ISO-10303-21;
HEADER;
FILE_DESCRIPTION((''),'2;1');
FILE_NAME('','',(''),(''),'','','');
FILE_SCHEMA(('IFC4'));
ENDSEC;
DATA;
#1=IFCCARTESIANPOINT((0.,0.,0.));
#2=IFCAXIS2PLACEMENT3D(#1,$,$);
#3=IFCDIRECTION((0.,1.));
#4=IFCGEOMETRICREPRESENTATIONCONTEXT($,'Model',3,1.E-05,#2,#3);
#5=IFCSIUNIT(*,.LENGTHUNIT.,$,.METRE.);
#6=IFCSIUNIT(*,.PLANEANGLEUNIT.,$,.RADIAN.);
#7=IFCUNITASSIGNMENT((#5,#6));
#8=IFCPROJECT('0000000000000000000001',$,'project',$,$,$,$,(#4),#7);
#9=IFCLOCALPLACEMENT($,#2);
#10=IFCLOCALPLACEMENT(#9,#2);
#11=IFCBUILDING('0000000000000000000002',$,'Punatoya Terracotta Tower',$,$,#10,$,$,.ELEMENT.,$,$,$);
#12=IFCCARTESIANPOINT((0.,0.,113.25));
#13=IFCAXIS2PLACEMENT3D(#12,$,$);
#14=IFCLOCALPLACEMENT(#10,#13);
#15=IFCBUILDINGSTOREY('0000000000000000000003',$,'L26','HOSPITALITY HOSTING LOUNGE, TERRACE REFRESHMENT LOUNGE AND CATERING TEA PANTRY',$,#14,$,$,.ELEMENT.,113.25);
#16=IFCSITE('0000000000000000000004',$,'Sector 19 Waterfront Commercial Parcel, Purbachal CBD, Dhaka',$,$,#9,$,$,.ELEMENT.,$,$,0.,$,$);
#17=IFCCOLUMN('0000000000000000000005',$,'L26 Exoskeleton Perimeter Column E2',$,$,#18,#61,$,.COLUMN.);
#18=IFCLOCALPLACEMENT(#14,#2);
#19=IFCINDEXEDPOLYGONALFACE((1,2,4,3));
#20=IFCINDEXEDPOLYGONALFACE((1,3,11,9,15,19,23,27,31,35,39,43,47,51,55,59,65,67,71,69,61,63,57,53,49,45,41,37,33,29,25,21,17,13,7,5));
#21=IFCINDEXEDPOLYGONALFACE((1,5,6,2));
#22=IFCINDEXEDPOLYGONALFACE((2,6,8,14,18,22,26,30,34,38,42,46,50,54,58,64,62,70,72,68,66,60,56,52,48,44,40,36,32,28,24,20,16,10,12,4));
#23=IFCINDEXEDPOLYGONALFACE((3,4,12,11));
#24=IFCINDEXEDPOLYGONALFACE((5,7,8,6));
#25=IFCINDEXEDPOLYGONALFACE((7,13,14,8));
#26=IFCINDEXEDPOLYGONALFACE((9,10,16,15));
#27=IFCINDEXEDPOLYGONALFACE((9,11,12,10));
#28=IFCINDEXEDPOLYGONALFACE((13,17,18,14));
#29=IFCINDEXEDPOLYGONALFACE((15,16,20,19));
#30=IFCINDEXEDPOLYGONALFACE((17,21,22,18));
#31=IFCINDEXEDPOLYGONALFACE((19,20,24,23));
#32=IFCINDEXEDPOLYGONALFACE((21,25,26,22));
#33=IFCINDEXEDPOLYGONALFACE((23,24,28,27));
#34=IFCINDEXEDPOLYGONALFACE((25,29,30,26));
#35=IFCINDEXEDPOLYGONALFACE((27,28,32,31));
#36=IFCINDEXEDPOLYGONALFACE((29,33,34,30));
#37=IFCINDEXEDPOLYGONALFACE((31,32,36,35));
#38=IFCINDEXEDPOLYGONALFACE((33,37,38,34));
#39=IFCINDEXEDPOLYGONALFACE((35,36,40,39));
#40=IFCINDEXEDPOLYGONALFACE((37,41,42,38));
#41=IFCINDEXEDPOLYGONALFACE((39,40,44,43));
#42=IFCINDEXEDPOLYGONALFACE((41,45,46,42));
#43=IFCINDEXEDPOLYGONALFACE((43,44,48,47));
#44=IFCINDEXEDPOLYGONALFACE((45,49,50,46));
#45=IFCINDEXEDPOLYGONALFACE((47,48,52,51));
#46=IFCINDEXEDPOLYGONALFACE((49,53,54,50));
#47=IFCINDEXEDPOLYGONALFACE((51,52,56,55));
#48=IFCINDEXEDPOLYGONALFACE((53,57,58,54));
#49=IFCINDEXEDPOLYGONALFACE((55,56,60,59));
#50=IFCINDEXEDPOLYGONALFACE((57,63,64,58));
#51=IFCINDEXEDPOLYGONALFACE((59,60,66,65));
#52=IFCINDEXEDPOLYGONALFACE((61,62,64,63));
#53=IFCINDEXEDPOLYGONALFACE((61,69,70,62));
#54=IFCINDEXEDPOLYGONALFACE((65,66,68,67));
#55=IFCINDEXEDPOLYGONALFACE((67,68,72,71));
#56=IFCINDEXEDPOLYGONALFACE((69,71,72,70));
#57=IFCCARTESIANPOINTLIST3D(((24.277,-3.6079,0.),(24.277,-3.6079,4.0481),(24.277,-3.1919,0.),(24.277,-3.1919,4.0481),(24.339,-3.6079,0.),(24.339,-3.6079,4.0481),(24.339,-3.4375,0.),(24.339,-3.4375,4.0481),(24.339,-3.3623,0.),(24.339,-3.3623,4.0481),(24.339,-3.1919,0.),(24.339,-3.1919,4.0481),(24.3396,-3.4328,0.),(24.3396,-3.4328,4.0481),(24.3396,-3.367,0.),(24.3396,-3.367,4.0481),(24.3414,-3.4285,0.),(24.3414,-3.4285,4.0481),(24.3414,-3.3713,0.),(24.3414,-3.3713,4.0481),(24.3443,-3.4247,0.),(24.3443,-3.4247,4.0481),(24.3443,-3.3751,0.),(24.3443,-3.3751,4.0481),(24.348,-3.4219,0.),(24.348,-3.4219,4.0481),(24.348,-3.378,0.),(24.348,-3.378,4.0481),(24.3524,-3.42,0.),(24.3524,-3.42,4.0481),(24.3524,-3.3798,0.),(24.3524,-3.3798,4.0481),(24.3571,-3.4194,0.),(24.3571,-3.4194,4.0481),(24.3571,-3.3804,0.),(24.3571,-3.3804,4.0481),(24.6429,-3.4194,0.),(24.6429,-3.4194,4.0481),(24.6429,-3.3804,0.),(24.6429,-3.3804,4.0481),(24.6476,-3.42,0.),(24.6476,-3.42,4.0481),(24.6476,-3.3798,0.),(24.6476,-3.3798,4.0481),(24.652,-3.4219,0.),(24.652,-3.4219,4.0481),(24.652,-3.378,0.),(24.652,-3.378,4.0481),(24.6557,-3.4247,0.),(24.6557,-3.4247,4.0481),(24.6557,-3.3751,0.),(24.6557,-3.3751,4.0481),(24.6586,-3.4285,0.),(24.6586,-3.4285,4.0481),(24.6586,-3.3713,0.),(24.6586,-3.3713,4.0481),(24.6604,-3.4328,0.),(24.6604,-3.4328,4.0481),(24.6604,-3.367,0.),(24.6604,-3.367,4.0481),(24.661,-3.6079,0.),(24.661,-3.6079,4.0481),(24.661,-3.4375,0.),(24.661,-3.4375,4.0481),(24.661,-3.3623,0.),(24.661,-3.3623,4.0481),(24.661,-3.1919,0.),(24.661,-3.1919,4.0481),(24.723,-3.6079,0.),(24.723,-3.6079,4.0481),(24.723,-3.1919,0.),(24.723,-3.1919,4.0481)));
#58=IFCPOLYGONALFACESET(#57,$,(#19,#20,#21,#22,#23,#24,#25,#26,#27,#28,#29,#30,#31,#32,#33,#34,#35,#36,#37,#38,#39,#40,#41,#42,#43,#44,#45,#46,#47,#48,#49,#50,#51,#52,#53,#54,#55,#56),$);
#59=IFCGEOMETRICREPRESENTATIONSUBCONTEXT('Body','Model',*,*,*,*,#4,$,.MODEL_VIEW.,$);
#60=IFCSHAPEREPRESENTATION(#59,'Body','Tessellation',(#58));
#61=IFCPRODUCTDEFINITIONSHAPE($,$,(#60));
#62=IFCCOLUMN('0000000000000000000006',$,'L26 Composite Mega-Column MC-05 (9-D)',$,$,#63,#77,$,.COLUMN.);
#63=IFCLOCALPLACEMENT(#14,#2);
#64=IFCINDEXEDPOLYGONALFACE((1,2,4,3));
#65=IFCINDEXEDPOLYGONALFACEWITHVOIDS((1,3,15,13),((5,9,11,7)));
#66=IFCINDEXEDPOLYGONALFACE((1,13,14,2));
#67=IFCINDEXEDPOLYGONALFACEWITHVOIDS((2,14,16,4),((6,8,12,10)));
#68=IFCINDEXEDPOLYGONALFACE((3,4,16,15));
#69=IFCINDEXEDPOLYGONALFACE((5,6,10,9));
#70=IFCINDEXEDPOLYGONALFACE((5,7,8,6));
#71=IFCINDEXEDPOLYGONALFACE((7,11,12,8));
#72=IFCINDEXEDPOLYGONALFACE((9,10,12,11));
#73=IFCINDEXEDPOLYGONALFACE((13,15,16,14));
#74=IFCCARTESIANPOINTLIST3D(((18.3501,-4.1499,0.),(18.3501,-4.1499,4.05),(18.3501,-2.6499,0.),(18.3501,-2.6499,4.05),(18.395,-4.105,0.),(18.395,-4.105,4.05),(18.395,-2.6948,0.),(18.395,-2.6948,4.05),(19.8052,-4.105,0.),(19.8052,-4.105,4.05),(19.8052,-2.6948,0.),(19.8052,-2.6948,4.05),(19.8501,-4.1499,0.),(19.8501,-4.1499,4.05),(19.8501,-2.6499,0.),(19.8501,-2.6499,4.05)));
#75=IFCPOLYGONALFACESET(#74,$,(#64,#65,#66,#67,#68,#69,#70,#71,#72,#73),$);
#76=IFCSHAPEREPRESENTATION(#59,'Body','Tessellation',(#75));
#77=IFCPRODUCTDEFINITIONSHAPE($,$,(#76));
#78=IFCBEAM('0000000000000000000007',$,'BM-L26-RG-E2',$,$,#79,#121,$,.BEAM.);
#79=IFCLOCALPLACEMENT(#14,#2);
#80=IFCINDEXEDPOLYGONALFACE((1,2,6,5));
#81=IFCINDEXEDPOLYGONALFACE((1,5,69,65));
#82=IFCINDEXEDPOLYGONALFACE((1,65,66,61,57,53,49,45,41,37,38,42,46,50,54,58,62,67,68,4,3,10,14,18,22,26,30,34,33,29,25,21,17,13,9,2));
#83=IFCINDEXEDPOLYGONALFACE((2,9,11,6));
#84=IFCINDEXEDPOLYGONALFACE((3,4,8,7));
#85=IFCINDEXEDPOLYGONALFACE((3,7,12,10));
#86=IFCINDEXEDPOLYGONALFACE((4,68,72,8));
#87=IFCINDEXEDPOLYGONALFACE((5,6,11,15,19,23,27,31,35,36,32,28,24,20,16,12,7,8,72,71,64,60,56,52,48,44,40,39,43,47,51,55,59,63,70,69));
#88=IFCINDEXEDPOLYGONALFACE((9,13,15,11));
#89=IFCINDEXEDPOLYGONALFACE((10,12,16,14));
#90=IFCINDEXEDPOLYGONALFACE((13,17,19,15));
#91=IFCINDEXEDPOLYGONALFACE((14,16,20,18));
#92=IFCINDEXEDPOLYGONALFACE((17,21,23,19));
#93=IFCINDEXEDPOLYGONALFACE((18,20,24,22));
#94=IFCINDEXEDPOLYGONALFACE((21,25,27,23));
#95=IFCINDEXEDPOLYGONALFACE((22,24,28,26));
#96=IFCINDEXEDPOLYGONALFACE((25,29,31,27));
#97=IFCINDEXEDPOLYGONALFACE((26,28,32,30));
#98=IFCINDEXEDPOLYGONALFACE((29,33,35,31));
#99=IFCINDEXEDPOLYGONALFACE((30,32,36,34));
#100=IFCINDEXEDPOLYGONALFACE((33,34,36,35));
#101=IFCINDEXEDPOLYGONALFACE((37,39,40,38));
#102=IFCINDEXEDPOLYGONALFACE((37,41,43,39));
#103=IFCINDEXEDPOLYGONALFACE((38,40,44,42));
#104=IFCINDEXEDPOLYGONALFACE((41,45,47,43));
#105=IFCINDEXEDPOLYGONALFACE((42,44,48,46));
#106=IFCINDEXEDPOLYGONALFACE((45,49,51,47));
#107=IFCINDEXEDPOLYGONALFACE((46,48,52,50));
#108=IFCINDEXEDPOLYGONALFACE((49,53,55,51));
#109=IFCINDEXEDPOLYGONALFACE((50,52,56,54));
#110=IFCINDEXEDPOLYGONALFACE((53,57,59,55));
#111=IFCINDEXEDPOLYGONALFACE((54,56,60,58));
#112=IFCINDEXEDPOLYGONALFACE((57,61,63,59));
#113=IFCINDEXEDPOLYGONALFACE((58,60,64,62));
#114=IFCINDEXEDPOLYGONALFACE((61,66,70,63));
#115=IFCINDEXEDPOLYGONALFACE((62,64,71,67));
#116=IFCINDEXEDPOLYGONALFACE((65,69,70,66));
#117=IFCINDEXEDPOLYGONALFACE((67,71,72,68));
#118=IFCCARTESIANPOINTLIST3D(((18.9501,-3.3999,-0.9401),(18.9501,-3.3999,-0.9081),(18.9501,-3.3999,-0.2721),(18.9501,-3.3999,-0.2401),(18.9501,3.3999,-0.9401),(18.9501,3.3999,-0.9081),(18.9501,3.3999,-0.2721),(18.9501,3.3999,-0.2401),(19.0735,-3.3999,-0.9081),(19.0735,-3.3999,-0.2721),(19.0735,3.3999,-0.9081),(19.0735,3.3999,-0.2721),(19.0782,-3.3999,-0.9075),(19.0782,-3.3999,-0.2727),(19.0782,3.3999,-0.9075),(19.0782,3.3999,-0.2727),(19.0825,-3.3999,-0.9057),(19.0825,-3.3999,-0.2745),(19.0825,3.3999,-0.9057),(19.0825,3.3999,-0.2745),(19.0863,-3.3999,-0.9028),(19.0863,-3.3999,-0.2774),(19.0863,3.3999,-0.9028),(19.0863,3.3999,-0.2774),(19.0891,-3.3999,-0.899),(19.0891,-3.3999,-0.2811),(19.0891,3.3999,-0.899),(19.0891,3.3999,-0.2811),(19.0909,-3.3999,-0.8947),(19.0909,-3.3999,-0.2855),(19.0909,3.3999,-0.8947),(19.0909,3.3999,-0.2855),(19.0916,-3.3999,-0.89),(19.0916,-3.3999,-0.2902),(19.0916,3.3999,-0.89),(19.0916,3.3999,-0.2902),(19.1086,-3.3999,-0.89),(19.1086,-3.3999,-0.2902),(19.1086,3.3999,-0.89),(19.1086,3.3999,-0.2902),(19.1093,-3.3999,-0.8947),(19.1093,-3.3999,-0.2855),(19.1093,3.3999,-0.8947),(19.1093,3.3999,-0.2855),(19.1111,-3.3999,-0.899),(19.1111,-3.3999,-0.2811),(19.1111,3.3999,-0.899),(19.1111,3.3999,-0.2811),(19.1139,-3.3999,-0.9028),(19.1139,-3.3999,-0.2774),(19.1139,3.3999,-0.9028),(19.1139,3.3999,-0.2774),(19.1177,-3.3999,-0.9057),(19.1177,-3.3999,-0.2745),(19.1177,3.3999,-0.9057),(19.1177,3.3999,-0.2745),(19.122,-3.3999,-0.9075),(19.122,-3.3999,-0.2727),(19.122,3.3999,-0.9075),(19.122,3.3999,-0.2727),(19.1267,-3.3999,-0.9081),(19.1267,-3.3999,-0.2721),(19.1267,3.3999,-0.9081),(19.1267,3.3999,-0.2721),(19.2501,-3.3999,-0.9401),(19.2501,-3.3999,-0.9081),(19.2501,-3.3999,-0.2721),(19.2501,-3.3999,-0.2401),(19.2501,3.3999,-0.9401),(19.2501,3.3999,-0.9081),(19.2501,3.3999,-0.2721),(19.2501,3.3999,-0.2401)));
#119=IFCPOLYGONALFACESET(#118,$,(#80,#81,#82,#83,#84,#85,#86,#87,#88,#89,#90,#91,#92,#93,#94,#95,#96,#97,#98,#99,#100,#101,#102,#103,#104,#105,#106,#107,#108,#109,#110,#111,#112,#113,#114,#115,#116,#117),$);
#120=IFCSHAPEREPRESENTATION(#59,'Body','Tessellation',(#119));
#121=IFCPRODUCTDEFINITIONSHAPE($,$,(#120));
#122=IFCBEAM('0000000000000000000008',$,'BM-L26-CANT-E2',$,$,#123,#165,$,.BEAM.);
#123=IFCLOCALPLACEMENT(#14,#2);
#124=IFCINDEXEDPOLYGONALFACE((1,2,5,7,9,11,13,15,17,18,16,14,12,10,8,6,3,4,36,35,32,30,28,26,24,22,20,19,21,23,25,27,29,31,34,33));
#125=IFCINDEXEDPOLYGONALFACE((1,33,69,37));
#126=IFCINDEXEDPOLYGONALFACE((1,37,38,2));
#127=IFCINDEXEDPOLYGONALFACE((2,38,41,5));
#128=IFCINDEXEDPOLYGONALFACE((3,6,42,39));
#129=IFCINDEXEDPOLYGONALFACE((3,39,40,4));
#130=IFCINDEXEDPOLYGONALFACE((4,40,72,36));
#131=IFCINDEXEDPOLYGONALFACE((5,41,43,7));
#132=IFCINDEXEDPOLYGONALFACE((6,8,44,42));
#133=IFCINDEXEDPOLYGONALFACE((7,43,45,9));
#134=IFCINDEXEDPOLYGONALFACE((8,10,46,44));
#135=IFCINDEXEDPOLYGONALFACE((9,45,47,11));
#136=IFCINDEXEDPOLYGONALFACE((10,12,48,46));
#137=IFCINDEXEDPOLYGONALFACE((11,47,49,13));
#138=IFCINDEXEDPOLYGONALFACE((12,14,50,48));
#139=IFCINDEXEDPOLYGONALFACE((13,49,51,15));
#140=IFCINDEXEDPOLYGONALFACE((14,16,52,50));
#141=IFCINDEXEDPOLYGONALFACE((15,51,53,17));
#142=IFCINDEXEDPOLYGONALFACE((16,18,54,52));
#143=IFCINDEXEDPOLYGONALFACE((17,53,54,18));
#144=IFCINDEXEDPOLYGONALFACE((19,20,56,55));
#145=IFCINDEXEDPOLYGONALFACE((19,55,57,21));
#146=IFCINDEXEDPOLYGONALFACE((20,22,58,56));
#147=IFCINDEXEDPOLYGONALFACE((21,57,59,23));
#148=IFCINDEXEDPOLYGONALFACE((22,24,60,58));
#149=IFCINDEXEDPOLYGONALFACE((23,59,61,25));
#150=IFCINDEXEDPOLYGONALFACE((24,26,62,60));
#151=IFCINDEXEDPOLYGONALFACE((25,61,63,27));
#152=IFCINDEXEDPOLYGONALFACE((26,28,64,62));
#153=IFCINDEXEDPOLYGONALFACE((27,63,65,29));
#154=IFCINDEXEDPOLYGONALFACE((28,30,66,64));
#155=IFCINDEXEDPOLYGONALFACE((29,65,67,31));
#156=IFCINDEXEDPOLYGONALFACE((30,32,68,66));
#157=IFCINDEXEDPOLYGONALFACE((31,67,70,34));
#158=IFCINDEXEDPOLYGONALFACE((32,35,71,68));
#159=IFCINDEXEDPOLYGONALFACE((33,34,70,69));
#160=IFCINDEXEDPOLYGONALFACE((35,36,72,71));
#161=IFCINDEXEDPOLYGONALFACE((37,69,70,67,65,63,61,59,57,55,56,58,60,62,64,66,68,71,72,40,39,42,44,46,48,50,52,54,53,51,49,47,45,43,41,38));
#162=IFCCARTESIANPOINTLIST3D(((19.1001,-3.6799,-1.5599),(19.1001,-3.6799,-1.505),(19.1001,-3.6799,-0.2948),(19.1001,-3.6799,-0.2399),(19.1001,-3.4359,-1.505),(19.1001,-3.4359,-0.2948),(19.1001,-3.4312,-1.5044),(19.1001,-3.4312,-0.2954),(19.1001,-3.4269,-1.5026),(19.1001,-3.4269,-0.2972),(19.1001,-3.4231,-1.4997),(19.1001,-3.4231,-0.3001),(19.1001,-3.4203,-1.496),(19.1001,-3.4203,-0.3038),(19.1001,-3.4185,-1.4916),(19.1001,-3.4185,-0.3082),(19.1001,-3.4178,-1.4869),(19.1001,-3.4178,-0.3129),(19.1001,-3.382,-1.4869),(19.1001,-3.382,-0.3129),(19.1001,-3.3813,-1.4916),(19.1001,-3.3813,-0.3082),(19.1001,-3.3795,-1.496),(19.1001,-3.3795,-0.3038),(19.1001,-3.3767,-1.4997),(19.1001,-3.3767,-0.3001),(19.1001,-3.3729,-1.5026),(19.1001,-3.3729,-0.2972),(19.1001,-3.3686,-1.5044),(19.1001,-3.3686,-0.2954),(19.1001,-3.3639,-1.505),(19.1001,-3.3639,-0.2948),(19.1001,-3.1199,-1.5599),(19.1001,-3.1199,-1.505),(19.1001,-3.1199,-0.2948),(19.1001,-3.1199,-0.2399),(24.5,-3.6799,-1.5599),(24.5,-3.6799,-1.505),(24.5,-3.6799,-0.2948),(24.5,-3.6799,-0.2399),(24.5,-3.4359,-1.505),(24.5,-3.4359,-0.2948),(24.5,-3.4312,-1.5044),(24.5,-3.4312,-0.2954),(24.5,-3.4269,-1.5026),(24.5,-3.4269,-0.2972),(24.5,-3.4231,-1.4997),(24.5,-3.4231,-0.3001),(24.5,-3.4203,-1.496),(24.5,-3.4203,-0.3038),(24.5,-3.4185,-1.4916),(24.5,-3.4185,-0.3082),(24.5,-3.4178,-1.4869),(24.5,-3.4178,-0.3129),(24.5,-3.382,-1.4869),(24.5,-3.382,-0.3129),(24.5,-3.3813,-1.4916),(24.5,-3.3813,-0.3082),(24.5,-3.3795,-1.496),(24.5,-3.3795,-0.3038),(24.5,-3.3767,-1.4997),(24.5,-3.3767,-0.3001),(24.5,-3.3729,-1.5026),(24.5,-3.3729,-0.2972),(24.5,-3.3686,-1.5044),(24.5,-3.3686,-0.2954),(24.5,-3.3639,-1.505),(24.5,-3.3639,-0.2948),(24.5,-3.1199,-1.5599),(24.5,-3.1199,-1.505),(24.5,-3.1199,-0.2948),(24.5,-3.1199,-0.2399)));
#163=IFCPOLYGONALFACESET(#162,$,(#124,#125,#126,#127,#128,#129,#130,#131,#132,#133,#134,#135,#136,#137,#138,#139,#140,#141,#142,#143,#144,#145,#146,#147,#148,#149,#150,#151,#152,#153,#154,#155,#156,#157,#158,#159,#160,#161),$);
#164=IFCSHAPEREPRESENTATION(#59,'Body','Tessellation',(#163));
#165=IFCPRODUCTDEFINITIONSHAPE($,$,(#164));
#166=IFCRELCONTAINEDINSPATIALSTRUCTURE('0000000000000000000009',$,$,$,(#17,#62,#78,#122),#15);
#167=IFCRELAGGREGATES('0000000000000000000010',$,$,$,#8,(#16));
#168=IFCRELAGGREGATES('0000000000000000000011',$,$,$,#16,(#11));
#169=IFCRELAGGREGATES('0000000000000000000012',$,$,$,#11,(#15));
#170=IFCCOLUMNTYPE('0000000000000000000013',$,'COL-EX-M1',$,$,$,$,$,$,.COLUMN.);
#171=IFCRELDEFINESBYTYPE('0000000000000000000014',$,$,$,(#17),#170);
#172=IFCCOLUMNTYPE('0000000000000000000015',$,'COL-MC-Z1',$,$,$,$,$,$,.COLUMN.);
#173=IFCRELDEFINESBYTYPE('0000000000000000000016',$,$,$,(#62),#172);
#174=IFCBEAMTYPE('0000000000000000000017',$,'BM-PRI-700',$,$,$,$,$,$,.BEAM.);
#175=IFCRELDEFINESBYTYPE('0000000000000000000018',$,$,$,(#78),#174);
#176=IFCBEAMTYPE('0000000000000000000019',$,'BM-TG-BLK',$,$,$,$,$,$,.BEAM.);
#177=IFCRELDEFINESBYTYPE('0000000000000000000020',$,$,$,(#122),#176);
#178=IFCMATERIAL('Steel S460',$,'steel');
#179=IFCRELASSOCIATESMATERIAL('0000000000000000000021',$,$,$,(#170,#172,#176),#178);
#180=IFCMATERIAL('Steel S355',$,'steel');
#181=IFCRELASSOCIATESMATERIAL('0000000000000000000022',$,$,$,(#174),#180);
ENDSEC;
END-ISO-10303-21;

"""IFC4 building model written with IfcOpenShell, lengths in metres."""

from ifc_helpers import new_model, si_unit, direction, frame, origin, origin_2d, place, context, subcontext, project, spatial, hollow_rectangle, i_section, extrude, material, material_profile, profile_set, type_object, element, save


model = new_model("IFC4")

# Units and contexts
model_context = context("Model", 3, precision=1e-05, world=origin(), true_north=direction((0.0, 1.0)))
body_context = subcontext(model_context, "Body", "Model", "MODEL_VIEW")
ifc_project = project(units=[si_unit("LENGTHUNIT", "METRE"), si_unit("PLANEANGLEUNIT", "RADIAN")], contexts=[model_context])

# Site, building, storey
site_placement = place(None, origin())
site = spatial("IfcSite", under=ifc_project, at=site_placement, Name="Sector 19 Waterfront Commercial Parcel, Purbachal CBD, Dhaka", CompositionType="ELEMENT", RefElevation=0.0)
building_placement = place(site_placement, origin())
building = spatial("IfcBuilding", under=site, at=building_placement, Name="Punatoya Terracotta Tower", CompositionType="ELEMENT")
storey_placement = place(building_placement, frame((0.0, 0.0, 113.25)))
storey = spatial("IfcBuildingStorey", under=building, at=storey_placement, Name="L26", Description="HOSPITALITY HOSTING LOUNGE, TERRACE REFRESHMENT LOUNGE AND CATERING TEA PANTRY", CompositionType="ELEMENT", Elevation=113.25)

# Columns
ifc_material_1 = material(Name="Steel S460", Category="steel")
ifc_material_profile_1 = material_profile(ifc_material_1, i_section(OverallWidth=0.416, OverallDepth=0.446, WebThickness=0.0391, FlangeThickness=0.062, FilletRadius=0.0181, at=origin_2d()))
ifc_profile_set_1 = profile_set([ifc_material_profile_1], Name="Steel S460")
column_type_1 = type_object("IfcColumnType", Name="COL-EX-M1", PredefinedType="COLUMN", material=ifc_profile_set_1)
column_1_placement = place(storey_placement, frame((24.5, -3.3999, 0.0), z_axis=(0.0, 0.0, 1.0), x_axis=(0.0, 1.0, 0.0)))
element("IfcColumn", 1, at=column_1_placement, inside=storey, type_object=column_type_1, Name="L26 Exoskeleton Perimeter Column E2", PredefinedType="COLUMN", context=body_context, shape_type="SweptSolid", body=[
    extrude(i_section(OverallWidth=0.416, OverallDepth=0.446, WebThickness=0.0391, FlangeThickness=0.062, FilletRadius=0.0181, at=origin_2d()), origin(), (0.0, 0.0, 1.0), 4.0481),
])
ifc_material_profile_2 = material_profile(ifc_material_1, hollow_rectangle(XDim=1.5, YDim=1.5, WallThickness=0.0449, at=origin_2d()))
ifc_profile_set_2 = profile_set([ifc_material_profile_2], Name="Steel S460")
column_type_2 = type_object("IfcColumnType", Name="COL-MC-Z1", PredefinedType="COLUMN", material=ifc_profile_set_2)
column_2_placement = place(storey_placement, frame((19.1001, -3.3999, 0.0), z_axis=(0.0, 0.0, 1.0), x_axis=(1.0, 0.0, 0.0)))
element("IfcColumn", 2, at=column_2_placement, inside=storey, type_object=column_type_2, Name="L26 Composite Mega-Column MC-05 (9-D)", PredefinedType="COLUMN", context=body_context, shape_type="SweptSolid", body=[
    extrude(hollow_rectangle(XDim=1.5, YDim=1.5, WallThickness=0.0449, at=origin_2d()), origin(), (0.0, 0.0, 1.0), 4.05),
])

# Beams
ifc_material_2 = material(Name="Steel S355", Category="steel")
ifc_material_profile_3 = material_profile(ifc_material_2, i_section(OverallWidth=0.3, OverallDepth=0.7, WebThickness=0.0171, FlangeThickness=0.032, FilletRadius=0.0181, at=origin_2d()))
ifc_profile_set_3 = profile_set([ifc_material_profile_3], Name="Steel S355")
beam_type_1 = type_object("IfcBeamType", Name="BM-PRI-700", PredefinedType="BEAM", material=ifc_profile_set_3)
beam_1_placement = place(storey_placement, frame((19.1001, -3.3999, -0.5901), z_axis=(0.0, 1.0, 0.0), x_axis=(-1.0, 0.0, 0.0)))
element("IfcBeam", 3, at=beam_1_placement, inside=storey, type_object=beam_type_1, Name="BM-L26-RG-E2", PredefinedType="BEAM", context=body_context, shape_type="SweptSolid", body=[
    extrude(i_section(OverallWidth=0.3, OverallDepth=0.7, WebThickness=0.0171, FlangeThickness=0.032, FilletRadius=0.0181, at=origin_2d()), origin(), (0.0, 0.0, 1.0), 6.7998),
])
ifc_material_profile_4 = material_profile(ifc_material_1, i_section(OverallWidth=0.5601, OverallDepth=1.3201, WebThickness=0.0359, FlangeThickness=0.0549, FilletRadius=0.0181, at=origin_2d()))
ifc_profile_set_4 = profile_set([ifc_material_profile_4], Name="Steel S460")
beam_type_2 = type_object("IfcBeamType", Name="BM-TG-BLK", PredefinedType="BEAM", material=ifc_profile_set_4)
beam_2_placement = place(storey_placement, frame((19.1001, -3.3999, -0.8999), z_axis=(1.0, 0.0, 0.0), x_axis=(0.0, 1.0, 0.0)))
element("IfcBeam", 4, at=beam_2_placement, inside=storey, type_object=beam_type_2, Name="BM-L26-CANT-E2", PredefinedType="BEAM", context=body_context, shape_type="SweptSolid", body=[
    extrude(i_section(OverallWidth=0.5601, OverallDepth=1.3201, WebThickness=0.0359, FlangeThickness=0.0549, FilletRadius=0.0181, at=origin_2d()), origin(), (0.0, 0.0, 1.0), 5.3999),
])

save(model, "model.ifc")
